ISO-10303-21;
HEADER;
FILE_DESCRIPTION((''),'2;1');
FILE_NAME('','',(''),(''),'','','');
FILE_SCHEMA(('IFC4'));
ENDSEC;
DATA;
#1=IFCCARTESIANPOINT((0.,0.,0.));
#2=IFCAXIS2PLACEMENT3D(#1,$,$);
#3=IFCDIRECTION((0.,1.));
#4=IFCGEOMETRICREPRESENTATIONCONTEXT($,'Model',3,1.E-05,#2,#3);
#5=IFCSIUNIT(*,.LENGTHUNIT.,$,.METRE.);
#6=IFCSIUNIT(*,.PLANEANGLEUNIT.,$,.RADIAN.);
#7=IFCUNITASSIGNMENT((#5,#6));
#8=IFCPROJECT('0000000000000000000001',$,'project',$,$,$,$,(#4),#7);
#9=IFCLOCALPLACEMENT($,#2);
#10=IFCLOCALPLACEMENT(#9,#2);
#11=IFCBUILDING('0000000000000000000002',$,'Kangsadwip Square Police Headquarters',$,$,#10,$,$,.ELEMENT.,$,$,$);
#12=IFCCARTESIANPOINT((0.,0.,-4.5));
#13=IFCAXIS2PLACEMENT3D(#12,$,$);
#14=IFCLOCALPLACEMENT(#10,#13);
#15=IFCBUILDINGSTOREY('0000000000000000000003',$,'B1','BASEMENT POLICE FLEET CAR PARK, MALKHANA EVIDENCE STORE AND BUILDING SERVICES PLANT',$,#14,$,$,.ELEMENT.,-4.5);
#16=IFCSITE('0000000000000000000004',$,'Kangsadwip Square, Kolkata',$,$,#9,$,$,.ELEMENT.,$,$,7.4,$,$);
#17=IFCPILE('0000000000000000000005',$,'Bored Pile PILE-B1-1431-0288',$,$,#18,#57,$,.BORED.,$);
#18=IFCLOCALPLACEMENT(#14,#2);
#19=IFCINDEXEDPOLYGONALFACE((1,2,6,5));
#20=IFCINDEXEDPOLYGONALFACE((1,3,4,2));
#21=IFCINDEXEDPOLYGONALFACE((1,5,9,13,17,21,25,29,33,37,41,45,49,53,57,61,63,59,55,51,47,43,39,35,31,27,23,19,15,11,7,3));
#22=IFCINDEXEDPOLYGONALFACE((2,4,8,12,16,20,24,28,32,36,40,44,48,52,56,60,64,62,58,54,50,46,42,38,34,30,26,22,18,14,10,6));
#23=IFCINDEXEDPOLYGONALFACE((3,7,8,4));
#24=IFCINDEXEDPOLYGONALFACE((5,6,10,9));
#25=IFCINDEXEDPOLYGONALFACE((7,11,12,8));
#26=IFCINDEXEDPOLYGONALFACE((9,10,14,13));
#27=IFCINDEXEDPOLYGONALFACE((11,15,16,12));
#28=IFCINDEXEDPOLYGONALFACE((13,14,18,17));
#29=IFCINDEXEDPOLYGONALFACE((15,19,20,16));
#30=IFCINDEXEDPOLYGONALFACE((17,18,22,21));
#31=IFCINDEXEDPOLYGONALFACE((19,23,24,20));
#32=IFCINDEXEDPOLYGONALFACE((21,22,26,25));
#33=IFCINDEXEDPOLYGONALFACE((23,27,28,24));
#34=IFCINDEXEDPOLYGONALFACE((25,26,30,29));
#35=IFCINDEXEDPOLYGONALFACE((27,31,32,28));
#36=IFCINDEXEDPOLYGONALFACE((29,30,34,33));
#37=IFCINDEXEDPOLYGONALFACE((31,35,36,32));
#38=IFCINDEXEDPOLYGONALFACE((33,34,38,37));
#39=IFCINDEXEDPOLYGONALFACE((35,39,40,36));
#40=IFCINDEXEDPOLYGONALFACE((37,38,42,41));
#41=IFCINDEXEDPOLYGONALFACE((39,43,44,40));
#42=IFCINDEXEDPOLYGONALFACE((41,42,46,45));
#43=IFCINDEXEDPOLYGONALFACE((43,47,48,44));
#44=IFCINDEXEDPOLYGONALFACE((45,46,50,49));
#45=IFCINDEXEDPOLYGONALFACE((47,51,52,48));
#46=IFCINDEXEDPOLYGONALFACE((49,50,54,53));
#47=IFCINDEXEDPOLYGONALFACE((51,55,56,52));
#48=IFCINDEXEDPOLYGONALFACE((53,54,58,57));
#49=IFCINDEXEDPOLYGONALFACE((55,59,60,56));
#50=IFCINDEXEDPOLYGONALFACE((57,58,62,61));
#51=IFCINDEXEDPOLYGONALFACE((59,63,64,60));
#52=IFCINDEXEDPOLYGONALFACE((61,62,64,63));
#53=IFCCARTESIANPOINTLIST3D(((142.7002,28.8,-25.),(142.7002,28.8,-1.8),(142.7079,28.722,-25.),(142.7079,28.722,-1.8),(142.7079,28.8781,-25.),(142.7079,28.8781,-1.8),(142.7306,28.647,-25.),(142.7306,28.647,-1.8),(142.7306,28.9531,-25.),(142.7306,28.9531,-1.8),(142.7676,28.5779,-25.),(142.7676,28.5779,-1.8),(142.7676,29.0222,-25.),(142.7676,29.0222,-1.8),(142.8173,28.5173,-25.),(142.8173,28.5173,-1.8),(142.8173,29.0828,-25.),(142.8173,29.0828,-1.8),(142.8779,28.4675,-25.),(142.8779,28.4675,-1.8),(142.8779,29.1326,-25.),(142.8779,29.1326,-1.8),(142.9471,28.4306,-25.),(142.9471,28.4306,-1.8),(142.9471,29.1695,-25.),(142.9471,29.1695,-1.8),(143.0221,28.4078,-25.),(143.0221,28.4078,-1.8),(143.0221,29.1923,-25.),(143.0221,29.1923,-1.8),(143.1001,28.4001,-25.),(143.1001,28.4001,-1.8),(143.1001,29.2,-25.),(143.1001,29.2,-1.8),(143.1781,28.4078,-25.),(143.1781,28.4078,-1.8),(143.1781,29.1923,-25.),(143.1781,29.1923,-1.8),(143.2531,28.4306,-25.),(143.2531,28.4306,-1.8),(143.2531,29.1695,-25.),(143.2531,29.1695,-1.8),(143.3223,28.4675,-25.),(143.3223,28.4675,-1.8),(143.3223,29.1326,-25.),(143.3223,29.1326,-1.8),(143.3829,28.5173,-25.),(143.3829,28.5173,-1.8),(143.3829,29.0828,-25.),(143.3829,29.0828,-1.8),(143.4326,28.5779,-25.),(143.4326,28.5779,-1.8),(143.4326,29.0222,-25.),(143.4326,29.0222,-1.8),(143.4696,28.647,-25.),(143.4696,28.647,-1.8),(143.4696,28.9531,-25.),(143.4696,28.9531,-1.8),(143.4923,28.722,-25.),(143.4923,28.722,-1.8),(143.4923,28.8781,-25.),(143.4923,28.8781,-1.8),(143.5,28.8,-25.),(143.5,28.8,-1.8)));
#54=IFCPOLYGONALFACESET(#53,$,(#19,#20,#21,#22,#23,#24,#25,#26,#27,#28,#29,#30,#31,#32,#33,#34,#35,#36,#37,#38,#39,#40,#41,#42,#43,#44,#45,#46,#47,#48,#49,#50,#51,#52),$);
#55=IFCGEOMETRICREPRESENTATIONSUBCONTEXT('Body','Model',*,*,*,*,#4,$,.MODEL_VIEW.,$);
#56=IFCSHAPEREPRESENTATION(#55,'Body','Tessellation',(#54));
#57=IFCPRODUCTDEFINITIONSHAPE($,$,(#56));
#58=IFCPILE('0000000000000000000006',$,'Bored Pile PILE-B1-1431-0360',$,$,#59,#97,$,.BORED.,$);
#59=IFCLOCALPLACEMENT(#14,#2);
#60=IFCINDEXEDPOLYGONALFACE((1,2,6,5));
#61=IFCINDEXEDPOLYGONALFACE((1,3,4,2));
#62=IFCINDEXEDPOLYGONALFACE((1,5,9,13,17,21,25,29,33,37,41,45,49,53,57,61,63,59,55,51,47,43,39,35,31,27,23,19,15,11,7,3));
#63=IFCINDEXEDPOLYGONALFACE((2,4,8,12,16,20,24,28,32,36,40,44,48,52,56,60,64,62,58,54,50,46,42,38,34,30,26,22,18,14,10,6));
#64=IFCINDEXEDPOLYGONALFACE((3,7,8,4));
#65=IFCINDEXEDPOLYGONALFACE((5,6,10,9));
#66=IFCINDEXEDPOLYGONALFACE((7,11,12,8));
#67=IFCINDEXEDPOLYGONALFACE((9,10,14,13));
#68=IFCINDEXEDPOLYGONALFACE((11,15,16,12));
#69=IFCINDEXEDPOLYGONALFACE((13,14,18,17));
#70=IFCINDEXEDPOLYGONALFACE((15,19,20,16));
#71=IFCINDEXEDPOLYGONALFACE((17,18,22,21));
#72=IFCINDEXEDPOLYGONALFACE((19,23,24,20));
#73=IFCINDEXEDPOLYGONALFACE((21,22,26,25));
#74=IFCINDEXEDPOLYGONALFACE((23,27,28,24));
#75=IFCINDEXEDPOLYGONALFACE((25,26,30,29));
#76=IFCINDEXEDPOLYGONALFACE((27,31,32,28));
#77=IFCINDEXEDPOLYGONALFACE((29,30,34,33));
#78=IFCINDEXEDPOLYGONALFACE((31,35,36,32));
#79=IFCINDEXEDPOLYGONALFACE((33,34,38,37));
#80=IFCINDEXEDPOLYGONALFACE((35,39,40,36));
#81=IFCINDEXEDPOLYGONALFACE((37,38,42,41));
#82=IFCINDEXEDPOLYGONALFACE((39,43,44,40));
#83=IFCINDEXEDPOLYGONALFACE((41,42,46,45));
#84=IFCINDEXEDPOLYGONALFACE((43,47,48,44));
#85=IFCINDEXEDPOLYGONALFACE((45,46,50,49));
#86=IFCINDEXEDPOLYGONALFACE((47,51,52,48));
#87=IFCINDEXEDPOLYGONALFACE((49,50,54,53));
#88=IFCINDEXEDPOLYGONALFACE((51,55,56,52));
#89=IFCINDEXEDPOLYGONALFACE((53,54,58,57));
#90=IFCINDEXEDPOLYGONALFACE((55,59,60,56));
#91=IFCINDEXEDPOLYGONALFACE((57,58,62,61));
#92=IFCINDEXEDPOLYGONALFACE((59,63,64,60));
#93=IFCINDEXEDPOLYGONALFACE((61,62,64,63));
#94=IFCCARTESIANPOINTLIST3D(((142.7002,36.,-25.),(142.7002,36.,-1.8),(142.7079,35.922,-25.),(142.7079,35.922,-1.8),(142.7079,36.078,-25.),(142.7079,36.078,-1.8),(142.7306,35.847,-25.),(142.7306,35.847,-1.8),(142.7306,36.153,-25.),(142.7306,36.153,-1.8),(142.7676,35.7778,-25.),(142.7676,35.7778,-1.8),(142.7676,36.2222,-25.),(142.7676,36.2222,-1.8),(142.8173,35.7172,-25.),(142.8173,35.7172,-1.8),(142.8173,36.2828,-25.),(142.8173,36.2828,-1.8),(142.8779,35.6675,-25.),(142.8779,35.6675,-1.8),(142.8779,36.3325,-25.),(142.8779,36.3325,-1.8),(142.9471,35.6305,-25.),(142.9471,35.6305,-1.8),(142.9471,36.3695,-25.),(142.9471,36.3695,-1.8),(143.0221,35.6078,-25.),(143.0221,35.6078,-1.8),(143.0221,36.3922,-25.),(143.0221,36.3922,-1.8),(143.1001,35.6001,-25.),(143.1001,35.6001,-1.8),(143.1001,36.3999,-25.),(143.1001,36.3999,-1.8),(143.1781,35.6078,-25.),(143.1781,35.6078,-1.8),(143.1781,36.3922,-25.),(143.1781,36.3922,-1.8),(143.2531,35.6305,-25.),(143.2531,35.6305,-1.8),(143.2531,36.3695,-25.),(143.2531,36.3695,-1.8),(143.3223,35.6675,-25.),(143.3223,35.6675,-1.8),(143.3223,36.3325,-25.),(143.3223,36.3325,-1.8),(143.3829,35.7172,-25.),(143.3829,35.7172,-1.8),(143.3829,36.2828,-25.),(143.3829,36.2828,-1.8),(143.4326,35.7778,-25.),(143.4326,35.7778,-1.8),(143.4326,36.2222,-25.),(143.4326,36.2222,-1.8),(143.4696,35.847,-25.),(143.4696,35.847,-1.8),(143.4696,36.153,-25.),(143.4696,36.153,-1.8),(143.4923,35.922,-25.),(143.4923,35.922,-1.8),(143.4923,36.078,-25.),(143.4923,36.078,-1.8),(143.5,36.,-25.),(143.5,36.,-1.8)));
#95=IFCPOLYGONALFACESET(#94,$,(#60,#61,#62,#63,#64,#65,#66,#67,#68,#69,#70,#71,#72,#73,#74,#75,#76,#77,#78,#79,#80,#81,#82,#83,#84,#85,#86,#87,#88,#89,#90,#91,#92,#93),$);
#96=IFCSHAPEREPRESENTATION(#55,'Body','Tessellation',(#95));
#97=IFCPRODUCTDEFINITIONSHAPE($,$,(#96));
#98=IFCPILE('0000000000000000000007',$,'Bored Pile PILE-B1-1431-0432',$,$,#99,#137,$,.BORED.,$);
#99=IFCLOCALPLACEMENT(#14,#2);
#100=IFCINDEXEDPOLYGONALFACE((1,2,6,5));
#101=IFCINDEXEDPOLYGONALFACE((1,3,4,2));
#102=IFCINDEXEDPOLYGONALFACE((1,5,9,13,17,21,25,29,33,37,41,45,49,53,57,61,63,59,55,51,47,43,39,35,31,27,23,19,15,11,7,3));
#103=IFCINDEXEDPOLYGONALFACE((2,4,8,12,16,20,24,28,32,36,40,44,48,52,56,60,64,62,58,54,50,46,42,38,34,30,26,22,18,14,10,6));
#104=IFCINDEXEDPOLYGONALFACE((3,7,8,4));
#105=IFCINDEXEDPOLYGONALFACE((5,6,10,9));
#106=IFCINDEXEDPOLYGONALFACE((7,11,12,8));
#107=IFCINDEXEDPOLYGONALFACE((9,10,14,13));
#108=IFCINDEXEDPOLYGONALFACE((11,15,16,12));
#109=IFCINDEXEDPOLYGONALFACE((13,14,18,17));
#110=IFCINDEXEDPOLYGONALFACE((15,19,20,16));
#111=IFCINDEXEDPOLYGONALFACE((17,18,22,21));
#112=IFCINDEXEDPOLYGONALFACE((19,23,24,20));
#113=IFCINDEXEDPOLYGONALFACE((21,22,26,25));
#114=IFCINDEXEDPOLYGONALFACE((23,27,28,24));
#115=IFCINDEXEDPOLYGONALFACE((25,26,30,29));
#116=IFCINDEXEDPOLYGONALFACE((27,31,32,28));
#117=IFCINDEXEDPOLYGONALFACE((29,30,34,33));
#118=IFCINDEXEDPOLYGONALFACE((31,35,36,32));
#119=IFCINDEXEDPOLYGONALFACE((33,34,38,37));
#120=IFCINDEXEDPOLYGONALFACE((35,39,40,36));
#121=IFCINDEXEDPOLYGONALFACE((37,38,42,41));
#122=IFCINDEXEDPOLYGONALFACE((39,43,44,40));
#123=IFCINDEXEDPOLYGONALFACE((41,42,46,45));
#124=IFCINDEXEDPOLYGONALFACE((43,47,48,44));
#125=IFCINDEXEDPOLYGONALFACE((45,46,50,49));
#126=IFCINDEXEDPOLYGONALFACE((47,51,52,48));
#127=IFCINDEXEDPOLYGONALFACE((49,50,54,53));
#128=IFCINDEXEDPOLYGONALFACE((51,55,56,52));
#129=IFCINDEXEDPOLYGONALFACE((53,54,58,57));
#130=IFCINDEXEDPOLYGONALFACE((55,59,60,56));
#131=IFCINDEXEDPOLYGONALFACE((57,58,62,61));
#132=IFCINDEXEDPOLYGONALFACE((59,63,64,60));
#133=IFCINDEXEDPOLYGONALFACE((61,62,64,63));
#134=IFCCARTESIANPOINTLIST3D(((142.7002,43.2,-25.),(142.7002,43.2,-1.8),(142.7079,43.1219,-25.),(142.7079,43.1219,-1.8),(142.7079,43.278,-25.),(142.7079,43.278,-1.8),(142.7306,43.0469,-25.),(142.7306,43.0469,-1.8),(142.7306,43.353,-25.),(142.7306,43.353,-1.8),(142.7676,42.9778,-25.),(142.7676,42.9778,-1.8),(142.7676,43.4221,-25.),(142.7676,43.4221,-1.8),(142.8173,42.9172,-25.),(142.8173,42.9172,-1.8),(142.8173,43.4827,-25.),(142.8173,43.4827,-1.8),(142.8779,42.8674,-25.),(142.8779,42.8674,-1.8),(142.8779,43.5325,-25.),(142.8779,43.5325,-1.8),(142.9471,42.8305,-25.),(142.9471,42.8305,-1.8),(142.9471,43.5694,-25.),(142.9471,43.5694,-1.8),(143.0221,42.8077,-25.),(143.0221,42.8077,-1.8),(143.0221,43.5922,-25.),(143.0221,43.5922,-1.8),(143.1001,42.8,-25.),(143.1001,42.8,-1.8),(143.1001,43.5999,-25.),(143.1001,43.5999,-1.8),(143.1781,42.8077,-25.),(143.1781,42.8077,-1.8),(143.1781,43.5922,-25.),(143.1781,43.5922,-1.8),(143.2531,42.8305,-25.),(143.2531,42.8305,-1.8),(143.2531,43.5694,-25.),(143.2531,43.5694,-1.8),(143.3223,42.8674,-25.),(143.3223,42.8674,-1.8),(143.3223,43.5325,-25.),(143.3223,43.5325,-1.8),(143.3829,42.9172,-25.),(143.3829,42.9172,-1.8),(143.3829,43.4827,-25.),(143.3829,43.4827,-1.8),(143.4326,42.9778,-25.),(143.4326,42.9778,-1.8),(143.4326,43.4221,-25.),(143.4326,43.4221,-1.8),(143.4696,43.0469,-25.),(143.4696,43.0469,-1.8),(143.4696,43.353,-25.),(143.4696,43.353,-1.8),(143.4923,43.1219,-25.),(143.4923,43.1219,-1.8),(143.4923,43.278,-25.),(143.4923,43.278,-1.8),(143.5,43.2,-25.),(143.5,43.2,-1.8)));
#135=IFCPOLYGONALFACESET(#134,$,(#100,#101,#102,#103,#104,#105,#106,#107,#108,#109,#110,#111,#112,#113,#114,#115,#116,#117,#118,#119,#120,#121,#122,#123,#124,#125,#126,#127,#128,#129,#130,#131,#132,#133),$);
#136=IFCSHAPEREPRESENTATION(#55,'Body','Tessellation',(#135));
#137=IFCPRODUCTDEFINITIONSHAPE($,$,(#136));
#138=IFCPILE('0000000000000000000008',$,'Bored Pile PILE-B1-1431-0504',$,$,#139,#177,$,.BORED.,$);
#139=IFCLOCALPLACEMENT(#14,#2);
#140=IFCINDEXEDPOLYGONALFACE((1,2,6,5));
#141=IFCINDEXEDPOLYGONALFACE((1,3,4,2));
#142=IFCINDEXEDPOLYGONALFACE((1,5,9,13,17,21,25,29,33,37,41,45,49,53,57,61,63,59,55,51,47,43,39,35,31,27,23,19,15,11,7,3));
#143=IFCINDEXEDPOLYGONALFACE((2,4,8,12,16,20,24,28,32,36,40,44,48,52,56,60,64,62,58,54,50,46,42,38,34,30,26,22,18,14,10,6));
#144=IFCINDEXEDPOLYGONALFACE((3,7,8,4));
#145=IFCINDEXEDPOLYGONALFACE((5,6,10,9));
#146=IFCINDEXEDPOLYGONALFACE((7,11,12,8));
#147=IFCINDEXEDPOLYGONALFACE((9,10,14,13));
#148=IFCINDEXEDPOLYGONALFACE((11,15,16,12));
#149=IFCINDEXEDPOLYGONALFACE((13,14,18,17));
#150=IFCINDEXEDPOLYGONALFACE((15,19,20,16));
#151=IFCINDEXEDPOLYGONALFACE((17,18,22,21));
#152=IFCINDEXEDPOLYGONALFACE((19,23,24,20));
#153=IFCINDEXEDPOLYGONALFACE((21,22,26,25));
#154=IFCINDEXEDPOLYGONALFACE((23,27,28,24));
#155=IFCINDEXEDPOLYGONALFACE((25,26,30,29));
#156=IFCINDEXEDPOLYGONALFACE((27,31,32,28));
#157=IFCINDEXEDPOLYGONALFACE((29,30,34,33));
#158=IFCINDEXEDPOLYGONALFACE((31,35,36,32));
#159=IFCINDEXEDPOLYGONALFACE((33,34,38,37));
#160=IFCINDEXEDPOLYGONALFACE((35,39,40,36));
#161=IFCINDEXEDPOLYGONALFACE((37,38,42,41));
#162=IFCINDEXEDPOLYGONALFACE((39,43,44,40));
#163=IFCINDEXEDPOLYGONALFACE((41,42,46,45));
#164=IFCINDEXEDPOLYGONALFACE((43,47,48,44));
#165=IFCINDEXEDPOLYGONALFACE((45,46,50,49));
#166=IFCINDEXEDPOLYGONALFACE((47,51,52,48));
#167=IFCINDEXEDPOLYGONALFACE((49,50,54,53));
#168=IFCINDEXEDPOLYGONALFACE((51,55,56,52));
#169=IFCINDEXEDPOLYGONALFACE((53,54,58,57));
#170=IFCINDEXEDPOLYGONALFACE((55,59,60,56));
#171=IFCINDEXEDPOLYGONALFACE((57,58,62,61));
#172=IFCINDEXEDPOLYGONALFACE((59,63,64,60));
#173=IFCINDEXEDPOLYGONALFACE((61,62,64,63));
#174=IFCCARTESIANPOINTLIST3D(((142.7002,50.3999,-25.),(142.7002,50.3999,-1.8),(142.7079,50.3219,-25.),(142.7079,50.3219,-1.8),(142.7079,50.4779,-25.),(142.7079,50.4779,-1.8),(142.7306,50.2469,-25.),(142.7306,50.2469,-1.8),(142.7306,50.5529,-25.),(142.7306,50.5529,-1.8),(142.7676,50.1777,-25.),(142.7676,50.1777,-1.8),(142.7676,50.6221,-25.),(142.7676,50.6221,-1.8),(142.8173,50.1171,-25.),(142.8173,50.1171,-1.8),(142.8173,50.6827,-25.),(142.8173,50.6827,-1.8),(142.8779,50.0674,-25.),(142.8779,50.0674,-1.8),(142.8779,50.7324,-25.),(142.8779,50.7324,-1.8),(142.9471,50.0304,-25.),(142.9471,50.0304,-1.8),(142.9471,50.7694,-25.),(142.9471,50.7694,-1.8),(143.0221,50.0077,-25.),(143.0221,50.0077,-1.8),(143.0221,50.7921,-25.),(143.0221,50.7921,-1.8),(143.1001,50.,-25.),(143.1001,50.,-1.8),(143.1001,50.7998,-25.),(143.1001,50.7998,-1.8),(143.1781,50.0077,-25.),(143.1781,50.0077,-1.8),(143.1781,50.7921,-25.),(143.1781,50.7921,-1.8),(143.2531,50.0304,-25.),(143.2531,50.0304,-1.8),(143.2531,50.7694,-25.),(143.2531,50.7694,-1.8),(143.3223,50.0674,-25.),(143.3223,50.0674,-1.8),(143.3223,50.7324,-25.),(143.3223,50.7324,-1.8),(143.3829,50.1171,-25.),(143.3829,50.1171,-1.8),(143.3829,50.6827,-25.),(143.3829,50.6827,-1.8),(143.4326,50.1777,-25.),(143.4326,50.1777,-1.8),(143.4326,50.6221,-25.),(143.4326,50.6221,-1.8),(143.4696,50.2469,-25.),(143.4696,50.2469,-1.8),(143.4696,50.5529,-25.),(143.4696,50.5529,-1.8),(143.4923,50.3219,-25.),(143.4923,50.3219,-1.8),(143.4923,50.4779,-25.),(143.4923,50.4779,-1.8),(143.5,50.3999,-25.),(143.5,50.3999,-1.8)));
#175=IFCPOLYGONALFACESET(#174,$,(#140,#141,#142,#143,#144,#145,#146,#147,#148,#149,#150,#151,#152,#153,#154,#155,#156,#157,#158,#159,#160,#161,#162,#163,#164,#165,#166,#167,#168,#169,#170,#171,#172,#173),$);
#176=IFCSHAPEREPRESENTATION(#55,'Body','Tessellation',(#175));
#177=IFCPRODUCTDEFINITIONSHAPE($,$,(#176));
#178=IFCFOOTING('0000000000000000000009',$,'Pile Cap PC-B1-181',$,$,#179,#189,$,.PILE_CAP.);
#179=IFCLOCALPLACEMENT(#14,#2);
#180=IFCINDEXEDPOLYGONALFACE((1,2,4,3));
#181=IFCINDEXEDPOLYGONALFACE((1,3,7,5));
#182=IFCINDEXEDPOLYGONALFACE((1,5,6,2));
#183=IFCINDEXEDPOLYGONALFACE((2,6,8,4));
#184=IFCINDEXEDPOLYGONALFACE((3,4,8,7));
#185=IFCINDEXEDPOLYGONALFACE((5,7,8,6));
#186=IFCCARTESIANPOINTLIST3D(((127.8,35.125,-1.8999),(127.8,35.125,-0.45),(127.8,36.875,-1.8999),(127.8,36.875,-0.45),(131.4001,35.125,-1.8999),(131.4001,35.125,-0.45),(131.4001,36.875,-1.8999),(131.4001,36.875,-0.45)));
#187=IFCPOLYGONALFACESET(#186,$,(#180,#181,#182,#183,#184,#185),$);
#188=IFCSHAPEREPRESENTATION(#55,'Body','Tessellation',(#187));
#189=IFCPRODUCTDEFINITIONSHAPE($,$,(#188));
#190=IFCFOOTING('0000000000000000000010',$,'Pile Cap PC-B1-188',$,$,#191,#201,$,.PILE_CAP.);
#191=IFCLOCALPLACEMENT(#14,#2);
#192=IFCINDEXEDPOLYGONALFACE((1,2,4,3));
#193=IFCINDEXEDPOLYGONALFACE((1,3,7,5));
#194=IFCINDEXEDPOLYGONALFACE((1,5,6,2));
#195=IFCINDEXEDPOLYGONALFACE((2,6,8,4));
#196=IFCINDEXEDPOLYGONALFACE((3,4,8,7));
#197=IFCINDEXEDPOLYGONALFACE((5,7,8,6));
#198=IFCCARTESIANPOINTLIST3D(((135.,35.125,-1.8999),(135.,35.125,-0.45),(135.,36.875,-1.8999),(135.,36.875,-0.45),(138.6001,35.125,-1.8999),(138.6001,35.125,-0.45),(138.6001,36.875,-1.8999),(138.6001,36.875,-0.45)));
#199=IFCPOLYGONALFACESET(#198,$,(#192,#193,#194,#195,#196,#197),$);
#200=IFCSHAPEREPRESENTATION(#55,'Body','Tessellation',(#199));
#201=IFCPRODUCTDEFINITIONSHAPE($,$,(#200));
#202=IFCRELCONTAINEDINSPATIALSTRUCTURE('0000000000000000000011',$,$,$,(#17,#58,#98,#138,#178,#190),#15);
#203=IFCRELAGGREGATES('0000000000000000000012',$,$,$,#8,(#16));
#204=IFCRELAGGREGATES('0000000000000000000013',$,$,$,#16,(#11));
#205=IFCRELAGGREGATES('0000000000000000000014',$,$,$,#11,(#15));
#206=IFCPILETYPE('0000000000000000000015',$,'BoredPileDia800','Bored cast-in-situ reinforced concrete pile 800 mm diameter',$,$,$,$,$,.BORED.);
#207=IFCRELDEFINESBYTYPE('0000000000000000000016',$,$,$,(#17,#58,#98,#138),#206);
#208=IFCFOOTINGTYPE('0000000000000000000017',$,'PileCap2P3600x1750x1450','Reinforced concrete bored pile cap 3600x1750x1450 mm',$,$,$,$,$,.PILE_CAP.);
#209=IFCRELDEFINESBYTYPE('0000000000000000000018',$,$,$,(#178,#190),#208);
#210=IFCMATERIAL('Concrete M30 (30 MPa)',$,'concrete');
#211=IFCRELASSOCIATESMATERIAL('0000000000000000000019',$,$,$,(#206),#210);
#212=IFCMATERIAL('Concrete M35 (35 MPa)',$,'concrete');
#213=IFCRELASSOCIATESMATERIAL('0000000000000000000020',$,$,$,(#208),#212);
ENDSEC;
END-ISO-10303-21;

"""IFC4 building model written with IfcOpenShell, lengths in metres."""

from ifc_helpers import new_model, si_unit, direction, frame, origin, origin_2d, place, context, subcontext, project, spatial, rectangle, circle, extrude, material, material_profile, profile_set, type_object, element, save


model = new_model("IFC4")

# Units and contexts
model_context = context("Model", 3, precision=1e-05, world=origin(), true_north=direction((0.0, 1.0)))
body_context = subcontext(model_context, "Body", "Model", "MODEL_VIEW")
ifc_project = project(units=[si_unit("LENGTHUNIT", "METRE"), si_unit("PLANEANGLEUNIT", "RADIAN")], contexts=[model_context])

# Site, building, storey
site_placement = place(None, origin())
site = spatial("IfcSite", under=ifc_project, at=site_placement, Name="Kangsadwip Square, Kolkata", CompositionType="ELEMENT", RefElevation=7.4)
building_placement = place(site_placement, origin())
building = spatial("IfcBuilding", under=site, at=building_placement, Name="Kangsadwip Square Police Headquarters", CompositionType="ELEMENT")
storey_placement = place(building_placement, frame((0.0, 0.0, -4.5)))
storey = spatial("IfcBuildingStorey", under=building, at=storey_placement, Name="B1", Description="BASEMENT POLICE FLEET CAR PARK, MALKHANA EVIDENCE STORE AND BUILDING SERVICES PLANT", CompositionType="ELEMENT", Elevation=-4.5)

# Piles
ifc_material_1 = material(Name="Concrete M30 (30 MPa)", Category="concrete")
ifc_material_profile_1 = material_profile(ifc_material_1, circle(Radius=0.3999, at=origin_2d()), Name="PILE DIA 800")
ifc_profile_set_1 = profile_set([ifc_material_profile_1], Name="Concrete M30 (30 MPa)")
pile_type = type_object("IfcPileType", Name="BoredPileDia800", Description="Bored cast-in-situ reinforced concrete pile 800 mm diameter", PredefinedType="BORED", material=ifc_profile_set_1)
for number, where, z_axis, x_axis, name in (
    (1, (143.1001, 28.8, -1.8), (0.0, 0.0, -1.0), (1.0, 0.0, 0.0), "Bored Pile PILE-B1-1431-0288"),
    (2, (143.1001, 36.0, -1.8), (0.0, 0.0, -1.0), (1.0, 0.0, 0.0), "Bored Pile PILE-B1-1431-0360"),
    (3, (143.1001, 43.2, -1.8), (0.0, 0.0, -1.0), (1.0, 0.0, 0.0), "Bored Pile PILE-B1-1431-0432"),
    (4, (143.1001, 50.3999, -1.8), (0.0, 0.0, -1.0), (1.0, 0.0, 0.0), "Bored Pile PILE-B1-1431-0504"),
):
    element("IfcPile", number, at=place(storey_placement, frame(where, z_axis=z_axis, x_axis=x_axis)), inside=storey, type_object=pile_type, Name=name, PredefinedType="BORED", context=body_context, shape_type="SweptSolid", body=[
        extrude(circle(Radius=0.3999, at=origin_2d()), origin(), (0.0, 0.0, 1.0), 23.2),
    ])

# Footings
ifc_material_2 = material(Name="Concrete M35 (35 MPa)", Category="concrete")
footing_type = type_object("IfcFootingType", Name="PileCap2P3600x1750x1450", Description="Reinforced concrete bored pile cap 3600x1750x1450 mm", PredefinedType="PILE_CAP", material=ifc_material_2)
for number, where, z_axis, x_axis, name in (
    (5, (129.6001, 36.0, -1.8999), (0.0, 0.0, 1.0), (1.0, 0.0, 0.0), "Pile Cap PC-B1-181"),
    (6, (136.8, 36.0, -1.8999), (0.0, 0.0, 1.0), (1.0, 0.0, 0.0), "Pile Cap PC-B1-188"),
):
    element("IfcFooting", number, at=place(storey_placement, frame(where, z_axis=z_axis, x_axis=x_axis)), inside=storey, type_object=footing_type, Name=name, PredefinedType="PILE_CAP", context=body_context, shape_type="SweptSolid", body=[
        extrude(rectangle(XDim=3.6001, YDim=1.75, at=origin_2d()), origin(), (0.0, 0.0, 1.0), 1.45),
    ])

save(model, "model.ifc")
